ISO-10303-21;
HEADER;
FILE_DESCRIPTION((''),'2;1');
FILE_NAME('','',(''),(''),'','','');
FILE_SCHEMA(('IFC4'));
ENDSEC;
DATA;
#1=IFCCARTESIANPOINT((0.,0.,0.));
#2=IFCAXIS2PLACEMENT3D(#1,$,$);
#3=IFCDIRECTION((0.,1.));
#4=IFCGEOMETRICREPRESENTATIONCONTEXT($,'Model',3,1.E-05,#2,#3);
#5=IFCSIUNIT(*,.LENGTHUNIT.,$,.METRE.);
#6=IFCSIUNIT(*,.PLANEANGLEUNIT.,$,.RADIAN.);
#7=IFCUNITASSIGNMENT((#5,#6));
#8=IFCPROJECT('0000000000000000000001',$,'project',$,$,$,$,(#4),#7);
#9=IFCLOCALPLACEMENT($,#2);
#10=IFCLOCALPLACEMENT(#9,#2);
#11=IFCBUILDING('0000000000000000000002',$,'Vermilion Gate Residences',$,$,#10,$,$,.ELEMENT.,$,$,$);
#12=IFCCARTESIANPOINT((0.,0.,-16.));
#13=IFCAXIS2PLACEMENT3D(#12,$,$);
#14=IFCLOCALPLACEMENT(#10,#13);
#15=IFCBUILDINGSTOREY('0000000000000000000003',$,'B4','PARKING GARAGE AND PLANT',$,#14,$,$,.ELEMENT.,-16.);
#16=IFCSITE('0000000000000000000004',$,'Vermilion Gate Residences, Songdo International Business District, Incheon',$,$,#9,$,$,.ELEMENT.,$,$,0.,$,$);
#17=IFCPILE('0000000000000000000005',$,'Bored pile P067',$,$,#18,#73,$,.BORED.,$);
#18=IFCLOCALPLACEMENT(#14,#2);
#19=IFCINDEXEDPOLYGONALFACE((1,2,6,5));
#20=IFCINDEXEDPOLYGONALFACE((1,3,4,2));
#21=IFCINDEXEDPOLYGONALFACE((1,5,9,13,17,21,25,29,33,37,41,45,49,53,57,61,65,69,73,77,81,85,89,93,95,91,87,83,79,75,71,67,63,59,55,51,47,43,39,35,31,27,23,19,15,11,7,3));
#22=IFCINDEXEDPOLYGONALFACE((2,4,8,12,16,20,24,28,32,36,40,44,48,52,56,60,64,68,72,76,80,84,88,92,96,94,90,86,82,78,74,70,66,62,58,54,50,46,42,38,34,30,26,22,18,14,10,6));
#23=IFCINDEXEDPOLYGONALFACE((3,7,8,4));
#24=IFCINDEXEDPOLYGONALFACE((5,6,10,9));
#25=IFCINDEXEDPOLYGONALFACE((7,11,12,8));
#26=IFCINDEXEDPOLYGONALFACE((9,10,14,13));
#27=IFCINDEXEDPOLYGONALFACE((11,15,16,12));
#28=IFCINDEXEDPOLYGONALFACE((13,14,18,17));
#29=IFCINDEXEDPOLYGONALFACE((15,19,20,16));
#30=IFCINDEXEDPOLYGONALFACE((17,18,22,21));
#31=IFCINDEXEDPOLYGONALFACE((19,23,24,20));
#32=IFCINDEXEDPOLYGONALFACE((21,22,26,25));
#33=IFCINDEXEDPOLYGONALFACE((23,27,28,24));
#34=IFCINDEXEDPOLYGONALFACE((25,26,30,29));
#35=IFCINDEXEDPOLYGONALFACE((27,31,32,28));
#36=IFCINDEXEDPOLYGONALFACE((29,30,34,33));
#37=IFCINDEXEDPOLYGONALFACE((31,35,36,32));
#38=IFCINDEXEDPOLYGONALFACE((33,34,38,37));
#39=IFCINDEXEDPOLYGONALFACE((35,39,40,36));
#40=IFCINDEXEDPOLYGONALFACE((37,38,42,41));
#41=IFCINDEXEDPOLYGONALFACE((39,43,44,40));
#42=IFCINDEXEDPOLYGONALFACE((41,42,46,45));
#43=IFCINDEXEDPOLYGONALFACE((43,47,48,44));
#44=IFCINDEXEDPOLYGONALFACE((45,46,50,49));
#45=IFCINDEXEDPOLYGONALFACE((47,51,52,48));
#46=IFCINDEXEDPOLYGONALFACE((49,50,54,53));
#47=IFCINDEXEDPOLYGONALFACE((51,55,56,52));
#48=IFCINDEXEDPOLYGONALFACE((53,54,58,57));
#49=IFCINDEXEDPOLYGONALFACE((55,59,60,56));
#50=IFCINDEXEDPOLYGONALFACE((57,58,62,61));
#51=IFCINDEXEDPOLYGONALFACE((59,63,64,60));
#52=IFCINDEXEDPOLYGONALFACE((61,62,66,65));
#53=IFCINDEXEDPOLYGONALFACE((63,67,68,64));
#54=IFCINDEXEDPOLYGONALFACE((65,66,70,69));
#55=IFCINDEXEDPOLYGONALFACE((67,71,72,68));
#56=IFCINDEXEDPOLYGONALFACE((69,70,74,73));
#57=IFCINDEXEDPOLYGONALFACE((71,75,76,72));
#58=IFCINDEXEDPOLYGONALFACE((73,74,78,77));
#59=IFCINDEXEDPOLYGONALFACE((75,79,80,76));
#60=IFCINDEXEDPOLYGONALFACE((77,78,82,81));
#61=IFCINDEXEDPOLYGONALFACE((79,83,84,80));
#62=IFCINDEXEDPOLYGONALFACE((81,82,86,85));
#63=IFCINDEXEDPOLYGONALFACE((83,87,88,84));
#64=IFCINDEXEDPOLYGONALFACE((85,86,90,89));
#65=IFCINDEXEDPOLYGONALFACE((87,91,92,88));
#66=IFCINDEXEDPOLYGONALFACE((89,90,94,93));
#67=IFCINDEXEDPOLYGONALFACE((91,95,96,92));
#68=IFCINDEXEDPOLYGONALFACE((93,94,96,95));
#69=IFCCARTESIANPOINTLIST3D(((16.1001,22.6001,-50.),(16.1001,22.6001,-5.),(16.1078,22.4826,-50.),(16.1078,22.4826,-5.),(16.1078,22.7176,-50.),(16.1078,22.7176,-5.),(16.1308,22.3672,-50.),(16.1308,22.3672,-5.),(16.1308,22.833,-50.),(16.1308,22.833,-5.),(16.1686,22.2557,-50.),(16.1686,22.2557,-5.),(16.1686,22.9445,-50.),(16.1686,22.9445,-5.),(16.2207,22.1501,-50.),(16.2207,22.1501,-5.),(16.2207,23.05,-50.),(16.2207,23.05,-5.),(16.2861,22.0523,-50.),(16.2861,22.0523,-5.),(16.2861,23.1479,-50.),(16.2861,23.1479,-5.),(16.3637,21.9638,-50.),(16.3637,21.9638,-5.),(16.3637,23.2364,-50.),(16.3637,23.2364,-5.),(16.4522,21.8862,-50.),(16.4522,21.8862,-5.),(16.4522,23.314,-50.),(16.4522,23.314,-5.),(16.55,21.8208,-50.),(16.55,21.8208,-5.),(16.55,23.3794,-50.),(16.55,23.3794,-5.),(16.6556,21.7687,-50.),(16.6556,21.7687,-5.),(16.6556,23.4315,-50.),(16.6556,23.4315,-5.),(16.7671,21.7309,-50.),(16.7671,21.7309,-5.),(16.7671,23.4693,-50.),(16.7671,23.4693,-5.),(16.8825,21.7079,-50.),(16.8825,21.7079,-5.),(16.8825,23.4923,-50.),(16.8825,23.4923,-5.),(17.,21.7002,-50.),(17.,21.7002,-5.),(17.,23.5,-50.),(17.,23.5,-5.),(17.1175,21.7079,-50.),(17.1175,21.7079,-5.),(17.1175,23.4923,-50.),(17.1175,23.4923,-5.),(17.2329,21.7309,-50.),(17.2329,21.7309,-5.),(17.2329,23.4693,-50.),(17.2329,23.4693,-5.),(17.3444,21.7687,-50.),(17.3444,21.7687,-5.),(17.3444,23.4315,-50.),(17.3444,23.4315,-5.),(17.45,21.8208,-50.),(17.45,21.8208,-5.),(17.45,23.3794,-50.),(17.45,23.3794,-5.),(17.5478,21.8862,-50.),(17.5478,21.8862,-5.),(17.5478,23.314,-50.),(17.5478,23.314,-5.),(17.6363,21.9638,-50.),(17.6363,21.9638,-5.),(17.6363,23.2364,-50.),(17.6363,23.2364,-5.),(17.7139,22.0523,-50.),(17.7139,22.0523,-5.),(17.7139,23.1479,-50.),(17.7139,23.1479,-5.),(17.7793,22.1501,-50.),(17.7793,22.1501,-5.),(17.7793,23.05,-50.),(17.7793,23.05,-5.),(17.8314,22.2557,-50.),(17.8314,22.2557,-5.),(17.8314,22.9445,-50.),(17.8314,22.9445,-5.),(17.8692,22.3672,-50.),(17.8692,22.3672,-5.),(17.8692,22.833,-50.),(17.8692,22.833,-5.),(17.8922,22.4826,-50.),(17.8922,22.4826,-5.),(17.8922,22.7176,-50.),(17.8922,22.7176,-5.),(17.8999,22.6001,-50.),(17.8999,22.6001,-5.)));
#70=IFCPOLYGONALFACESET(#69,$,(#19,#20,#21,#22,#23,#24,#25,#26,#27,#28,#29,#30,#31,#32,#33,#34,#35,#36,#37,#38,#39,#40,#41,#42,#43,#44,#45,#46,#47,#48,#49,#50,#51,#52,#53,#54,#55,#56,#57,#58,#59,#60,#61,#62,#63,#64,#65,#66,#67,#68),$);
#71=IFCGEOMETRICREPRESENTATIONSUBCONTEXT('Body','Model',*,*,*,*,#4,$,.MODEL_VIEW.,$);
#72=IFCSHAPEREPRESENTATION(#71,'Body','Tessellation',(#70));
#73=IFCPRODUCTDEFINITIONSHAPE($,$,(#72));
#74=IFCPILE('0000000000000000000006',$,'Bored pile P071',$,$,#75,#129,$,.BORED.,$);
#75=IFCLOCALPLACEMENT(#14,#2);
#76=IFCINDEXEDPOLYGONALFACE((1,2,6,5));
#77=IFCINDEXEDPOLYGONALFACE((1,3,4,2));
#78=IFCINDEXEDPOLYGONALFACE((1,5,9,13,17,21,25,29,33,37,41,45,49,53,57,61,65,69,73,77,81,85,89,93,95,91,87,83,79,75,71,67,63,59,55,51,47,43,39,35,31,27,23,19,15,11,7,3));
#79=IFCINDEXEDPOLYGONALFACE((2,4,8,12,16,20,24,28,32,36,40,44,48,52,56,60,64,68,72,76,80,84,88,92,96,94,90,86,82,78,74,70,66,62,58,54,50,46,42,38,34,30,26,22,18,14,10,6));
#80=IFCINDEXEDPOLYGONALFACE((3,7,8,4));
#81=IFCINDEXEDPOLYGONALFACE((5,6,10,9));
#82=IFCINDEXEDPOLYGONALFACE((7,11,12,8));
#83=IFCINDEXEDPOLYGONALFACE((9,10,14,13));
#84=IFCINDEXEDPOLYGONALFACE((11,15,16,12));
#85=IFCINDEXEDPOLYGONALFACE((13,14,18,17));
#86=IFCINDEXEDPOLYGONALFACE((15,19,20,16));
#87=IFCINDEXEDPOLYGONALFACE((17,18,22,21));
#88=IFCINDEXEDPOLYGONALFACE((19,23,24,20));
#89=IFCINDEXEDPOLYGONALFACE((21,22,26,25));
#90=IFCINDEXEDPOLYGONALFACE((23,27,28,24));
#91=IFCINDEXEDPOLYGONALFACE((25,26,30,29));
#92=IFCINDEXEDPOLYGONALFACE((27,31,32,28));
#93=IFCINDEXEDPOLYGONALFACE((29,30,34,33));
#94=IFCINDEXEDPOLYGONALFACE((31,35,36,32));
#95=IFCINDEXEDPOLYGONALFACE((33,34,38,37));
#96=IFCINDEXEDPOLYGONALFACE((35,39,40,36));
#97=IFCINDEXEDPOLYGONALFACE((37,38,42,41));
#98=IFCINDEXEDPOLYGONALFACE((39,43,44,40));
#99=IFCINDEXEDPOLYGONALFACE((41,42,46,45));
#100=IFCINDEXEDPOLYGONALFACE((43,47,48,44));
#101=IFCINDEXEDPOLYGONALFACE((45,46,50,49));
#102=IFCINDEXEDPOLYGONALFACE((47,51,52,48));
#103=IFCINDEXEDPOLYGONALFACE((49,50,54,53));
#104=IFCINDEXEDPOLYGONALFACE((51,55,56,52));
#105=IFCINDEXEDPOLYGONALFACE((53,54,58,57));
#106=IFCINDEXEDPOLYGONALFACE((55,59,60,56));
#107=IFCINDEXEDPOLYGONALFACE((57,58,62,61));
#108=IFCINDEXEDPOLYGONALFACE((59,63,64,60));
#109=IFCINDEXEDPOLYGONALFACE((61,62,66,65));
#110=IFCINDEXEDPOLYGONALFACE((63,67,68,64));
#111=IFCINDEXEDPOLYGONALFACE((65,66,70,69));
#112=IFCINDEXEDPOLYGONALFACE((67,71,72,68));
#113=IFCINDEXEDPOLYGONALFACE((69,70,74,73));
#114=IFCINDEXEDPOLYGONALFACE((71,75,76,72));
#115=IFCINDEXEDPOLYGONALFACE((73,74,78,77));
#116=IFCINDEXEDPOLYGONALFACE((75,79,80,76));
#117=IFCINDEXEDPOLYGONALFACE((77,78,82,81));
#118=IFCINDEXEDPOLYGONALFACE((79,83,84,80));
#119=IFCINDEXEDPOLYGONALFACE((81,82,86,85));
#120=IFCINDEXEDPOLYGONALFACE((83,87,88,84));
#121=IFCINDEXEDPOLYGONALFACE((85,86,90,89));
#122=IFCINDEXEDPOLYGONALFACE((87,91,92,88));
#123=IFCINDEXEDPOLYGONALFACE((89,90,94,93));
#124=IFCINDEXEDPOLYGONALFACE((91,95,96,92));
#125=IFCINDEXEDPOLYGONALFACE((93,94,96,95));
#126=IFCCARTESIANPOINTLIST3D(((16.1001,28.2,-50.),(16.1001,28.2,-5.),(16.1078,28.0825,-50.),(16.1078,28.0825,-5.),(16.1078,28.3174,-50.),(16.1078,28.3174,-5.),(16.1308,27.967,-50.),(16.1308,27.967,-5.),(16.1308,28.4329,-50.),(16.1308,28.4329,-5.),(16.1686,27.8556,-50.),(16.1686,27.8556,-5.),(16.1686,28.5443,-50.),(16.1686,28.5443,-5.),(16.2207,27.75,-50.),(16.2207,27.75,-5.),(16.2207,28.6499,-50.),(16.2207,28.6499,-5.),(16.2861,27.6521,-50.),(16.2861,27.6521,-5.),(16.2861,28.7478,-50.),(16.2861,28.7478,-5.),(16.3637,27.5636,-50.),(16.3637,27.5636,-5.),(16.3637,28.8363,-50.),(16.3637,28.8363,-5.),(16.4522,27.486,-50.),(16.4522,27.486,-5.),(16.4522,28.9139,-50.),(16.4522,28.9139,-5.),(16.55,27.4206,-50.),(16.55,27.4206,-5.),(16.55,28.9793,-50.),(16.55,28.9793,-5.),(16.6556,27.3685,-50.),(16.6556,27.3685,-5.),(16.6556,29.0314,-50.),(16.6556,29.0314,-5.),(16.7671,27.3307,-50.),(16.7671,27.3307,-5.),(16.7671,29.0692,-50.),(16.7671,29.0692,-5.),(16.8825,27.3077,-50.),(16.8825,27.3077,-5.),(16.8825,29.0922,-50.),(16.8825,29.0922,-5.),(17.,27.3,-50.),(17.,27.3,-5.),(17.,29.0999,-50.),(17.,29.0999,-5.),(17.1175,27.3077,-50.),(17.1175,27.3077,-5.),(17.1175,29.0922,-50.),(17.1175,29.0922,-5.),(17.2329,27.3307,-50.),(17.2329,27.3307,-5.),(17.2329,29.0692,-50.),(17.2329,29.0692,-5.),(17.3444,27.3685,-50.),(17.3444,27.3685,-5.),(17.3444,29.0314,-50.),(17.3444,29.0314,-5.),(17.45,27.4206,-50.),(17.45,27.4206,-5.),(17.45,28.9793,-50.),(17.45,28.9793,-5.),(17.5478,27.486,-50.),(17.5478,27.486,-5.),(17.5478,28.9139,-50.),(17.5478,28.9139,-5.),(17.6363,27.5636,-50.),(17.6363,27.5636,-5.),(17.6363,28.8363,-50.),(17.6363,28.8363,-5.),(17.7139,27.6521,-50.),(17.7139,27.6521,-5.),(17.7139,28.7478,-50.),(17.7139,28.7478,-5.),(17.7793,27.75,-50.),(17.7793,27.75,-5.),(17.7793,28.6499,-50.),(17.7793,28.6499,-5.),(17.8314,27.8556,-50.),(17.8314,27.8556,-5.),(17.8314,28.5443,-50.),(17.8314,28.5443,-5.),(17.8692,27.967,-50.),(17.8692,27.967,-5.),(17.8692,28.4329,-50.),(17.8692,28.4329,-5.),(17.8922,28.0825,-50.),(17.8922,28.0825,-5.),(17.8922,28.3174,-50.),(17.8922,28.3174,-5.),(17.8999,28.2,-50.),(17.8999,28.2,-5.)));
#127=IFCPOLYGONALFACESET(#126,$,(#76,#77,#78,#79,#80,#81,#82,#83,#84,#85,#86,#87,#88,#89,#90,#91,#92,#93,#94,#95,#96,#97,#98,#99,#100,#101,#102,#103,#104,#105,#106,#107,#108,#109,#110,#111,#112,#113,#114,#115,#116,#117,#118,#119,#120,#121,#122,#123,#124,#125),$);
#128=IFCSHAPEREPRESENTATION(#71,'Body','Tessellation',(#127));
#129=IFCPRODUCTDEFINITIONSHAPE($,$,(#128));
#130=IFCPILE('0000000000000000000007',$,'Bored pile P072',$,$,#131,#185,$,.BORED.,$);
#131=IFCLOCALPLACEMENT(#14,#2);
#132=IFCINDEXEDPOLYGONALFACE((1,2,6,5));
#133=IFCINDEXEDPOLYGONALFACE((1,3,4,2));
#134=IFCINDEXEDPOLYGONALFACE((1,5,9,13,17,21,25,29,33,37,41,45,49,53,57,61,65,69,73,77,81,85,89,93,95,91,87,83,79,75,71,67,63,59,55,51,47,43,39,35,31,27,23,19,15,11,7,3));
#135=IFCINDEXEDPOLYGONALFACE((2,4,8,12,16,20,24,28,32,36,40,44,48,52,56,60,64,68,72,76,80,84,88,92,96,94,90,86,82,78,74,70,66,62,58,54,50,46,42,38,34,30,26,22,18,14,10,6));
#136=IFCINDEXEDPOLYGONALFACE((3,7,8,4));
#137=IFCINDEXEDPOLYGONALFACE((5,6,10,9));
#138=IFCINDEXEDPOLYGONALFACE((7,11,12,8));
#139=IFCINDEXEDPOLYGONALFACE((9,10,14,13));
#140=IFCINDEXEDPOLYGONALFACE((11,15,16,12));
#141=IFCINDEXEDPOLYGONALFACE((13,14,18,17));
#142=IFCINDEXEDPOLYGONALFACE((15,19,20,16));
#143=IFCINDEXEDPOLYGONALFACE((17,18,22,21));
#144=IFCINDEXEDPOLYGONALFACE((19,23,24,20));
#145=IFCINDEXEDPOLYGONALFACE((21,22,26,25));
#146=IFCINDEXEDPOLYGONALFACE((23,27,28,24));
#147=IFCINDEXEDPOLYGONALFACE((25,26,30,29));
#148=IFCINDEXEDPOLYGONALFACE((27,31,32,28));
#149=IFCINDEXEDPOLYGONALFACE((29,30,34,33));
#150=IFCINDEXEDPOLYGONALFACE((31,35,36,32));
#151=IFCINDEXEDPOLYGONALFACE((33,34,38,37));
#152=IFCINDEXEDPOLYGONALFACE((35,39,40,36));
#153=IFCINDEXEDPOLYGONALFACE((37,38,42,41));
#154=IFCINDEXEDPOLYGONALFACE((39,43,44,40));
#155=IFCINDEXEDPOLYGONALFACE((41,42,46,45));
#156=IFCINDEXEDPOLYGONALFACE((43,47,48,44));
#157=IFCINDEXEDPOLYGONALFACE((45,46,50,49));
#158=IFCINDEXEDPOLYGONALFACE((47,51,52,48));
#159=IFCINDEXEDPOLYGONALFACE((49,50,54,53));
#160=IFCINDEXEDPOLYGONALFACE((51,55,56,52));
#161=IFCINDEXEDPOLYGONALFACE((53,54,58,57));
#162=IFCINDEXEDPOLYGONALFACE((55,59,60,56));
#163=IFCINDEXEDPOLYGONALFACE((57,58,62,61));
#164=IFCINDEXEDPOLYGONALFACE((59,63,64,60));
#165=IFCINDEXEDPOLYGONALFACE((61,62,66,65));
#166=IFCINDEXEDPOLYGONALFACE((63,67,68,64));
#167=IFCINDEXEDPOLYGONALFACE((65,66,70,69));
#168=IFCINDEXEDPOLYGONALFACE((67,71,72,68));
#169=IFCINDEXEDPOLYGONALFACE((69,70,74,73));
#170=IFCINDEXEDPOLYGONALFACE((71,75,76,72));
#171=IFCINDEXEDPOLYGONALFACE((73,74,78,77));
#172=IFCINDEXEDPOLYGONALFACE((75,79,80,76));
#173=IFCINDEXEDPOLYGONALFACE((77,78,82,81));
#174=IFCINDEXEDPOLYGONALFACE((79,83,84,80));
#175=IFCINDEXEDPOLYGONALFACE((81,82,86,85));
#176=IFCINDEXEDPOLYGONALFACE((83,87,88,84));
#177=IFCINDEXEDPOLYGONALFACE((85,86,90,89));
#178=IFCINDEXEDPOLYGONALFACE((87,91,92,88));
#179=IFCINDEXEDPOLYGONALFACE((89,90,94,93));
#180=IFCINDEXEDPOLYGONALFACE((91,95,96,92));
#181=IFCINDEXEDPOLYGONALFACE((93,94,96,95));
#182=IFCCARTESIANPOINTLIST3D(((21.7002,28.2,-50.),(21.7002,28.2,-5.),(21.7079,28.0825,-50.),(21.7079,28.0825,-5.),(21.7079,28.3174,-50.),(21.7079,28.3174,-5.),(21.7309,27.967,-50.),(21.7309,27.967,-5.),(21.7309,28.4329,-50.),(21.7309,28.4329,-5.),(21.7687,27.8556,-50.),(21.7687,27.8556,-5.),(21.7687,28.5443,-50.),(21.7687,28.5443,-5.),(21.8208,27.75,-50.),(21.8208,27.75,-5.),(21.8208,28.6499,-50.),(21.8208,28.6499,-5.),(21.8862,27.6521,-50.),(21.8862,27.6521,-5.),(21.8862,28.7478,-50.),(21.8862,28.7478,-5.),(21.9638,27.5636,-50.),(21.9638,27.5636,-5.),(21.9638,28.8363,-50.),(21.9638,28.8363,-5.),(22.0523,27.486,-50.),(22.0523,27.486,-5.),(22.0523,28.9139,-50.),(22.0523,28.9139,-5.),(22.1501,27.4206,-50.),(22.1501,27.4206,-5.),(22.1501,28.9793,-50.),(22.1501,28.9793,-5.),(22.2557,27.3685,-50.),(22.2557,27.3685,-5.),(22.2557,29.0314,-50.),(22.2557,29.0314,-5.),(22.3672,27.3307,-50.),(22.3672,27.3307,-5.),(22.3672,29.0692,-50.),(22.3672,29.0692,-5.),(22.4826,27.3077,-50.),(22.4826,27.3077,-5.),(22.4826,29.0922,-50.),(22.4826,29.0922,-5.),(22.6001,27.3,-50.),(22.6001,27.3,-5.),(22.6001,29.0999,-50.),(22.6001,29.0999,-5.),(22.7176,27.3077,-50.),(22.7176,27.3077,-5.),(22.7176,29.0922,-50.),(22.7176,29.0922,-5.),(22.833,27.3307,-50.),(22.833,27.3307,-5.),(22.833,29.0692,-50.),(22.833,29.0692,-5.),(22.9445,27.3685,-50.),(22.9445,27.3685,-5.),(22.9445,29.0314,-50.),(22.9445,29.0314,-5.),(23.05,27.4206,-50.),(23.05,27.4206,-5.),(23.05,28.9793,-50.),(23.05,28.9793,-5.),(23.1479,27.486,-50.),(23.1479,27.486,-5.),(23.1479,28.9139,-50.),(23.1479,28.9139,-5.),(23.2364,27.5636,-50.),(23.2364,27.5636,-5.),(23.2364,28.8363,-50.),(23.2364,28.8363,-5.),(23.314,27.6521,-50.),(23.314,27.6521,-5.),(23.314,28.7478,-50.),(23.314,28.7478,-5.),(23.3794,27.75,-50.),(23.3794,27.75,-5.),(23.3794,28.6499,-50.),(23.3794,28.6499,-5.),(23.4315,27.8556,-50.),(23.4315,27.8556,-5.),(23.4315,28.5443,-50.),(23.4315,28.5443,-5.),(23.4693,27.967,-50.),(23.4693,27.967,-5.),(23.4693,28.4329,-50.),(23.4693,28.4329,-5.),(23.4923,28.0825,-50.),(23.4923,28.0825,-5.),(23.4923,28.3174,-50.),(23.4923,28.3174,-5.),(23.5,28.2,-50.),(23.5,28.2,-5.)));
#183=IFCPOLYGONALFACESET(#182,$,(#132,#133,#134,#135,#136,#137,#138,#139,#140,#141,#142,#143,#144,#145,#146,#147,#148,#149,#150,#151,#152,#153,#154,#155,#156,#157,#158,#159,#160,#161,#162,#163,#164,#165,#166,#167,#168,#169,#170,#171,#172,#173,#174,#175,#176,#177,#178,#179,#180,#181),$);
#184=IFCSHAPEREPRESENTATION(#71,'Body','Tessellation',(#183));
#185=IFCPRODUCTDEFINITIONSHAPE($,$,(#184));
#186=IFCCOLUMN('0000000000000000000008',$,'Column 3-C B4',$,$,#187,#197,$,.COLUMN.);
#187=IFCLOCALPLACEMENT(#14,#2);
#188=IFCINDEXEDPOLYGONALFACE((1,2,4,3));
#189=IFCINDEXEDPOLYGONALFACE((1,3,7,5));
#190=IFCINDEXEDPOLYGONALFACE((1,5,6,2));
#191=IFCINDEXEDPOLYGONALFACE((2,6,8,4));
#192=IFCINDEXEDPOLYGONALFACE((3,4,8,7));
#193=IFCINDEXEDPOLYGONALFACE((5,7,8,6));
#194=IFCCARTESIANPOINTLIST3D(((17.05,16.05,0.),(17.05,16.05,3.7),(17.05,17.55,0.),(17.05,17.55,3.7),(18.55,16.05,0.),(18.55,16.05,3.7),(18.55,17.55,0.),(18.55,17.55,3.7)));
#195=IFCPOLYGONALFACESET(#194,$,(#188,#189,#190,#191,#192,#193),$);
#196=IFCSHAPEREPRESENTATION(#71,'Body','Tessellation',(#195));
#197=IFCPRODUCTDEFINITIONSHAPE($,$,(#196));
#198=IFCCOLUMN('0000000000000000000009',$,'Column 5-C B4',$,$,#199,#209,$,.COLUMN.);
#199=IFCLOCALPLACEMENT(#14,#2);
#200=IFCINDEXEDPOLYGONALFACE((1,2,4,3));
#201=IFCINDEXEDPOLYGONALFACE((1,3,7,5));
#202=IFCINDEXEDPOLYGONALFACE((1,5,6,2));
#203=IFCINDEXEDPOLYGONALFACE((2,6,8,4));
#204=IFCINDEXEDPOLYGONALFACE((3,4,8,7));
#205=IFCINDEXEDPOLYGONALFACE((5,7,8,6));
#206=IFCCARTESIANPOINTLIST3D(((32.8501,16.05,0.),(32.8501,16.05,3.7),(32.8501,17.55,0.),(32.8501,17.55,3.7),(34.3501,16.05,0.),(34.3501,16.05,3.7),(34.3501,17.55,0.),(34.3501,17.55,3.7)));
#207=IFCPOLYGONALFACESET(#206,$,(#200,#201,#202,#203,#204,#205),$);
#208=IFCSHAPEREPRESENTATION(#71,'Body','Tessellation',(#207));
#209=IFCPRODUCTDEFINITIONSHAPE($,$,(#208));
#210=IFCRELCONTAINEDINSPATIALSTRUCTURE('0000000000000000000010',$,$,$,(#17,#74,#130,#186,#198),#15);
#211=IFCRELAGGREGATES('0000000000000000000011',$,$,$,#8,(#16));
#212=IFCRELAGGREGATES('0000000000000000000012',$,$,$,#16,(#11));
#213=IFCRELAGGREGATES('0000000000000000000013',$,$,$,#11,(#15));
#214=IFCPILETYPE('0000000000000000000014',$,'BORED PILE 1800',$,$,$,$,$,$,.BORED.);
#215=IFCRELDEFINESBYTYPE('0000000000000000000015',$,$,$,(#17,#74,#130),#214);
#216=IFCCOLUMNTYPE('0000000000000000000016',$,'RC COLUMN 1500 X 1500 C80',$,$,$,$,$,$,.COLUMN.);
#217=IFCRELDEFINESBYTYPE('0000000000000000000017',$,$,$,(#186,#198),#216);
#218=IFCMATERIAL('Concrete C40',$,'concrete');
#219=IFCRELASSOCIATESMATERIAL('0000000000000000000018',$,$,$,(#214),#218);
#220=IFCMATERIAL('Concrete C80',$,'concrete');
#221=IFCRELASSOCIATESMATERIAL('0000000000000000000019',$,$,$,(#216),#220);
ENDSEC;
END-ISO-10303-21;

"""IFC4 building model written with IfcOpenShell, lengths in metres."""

from ifc_helpers import new_model, si_unit, direction, frame, origin, origin_2d, place, context, subcontext, project, spatial, rectangle, circle, extrude, material, material_profile, profile_set, type_object, element, save


model = new_model("IFC4")

# Units and contexts
model_context = context("Model", 3, precision=1e-05, world=origin(), true_north=direction((0.0, 1.0)))
body_context = subcontext(model_context, "Body", "Model", "MODEL_VIEW")
ifc_project = project(units=[si_unit("LENGTHUNIT", "METRE"), si_unit("PLANEANGLEUNIT", "RADIAN")], contexts=[model_context])

# Site, building, storey
site_placement = place(None, origin())
site = spatial("IfcSite", under=ifc_project, at=site_placement, Name="Vermilion Gate Residences, Songdo International Business District, Incheon", CompositionType="ELEMENT", RefElevation=0.0)
building_placement = place(site_placement, origin())
building = spatial("IfcBuilding", under=site, at=building_placement, Name="Vermilion Gate Residences", CompositionType="ELEMENT")
storey_placement = place(building_placement, frame((0.0, 0.0, -16.0)))
storey = spatial("IfcBuildingStorey", under=building, at=storey_placement, Name="B4", Description="PARKING GARAGE AND PLANT", CompositionType="ELEMENT", Elevation=-16.0)

# Piles
ifc_material_1 = material(Name="Concrete C40", Category="concrete")
ifc_material_profile_1 = material_profile(ifc_material_1, circle(Radius=0.8999, at=origin_2d()), Name="BORED PILE 1800")
ifc_profile_set_1 = profile_set([ifc_material_profile_1], Name="Concrete C40")
pile_type_1 = type_object("IfcPileType", Name="BORED PILE 1800", PredefinedType="BORED", material=ifc_profile_set_1)
for number, where, z_axis, x_axis, name in (
    (1, (17.0, 22.6001, -5.0), (0.0, 0.0, -1.0), (1.0, 0.0, 0.0), "Bored pile P067"),
    (2, (17.0, 28.2, -5.0), (0.0, 0.0, -1.0), (1.0, 0.0, 0.0), "Bored pile P071"),
    (3, (22.6001, 28.2, -5.0), (0.0, 0.0, -1.0), (1.0, 0.0, 0.0), "Bored pile P072"),
):
    element("IfcPile", number, at=place(storey_placement, frame(where, z_axis=z_axis, x_axis=x_axis)), inside=storey, type_object=pile_type_1, Name=name, PredefinedType="BORED", context=body_context, shape_type="SweptSolid", body=[
        extrude(circle(Radius=0.8999, at=origin_2d()), origin(), (0.0, 0.0, 1.0), 45.0),
    ])

# Columns
ifc_material_2 = material(Name="Concrete C80", Category="concrete")
ifc_material_profile_2 = material_profile(ifc_material_2, rectangle(XDim=1.5, YDim=1.5, at=origin_2d()), Name="RC-1500x1500")
ifc_profile_set_2 = profile_set([ifc_material_profile_2], Name="Concrete C80")
column_type_1 = type_object("IfcColumnType", Name="RC COLUMN 1500 X 1500 C80", PredefinedType="COLUMN", material=ifc_profile_set_2)
for number, where, z_axis, x_axis, name in (
    (4, (17.8, 16.8, 0.0), (0.0, 0.0, 1.0), (1.0, 0.0, 0.0), "Column 3-C B4"),
    (5, (33.6001, 16.8, 0.0), (0.0, 0.0, 1.0), (1.0, 0.0, 0.0), "Column 5-C B4"),
):
    element("IfcColumn", number, at=place(storey_placement, frame(where, z_axis=z_axis, x_axis=x_axis)), inside=storey, type_object=column_type_1, Name=name, PredefinedType="COLUMN", context=body_context, shape_type="SweptSolid", body=[
        extrude(rectangle(XDim=1.5, YDim=1.5, at=origin_2d()), origin(), (0.0, 0.0, 1.0), 3.7),
    ])

save(model, "model.ifc")
